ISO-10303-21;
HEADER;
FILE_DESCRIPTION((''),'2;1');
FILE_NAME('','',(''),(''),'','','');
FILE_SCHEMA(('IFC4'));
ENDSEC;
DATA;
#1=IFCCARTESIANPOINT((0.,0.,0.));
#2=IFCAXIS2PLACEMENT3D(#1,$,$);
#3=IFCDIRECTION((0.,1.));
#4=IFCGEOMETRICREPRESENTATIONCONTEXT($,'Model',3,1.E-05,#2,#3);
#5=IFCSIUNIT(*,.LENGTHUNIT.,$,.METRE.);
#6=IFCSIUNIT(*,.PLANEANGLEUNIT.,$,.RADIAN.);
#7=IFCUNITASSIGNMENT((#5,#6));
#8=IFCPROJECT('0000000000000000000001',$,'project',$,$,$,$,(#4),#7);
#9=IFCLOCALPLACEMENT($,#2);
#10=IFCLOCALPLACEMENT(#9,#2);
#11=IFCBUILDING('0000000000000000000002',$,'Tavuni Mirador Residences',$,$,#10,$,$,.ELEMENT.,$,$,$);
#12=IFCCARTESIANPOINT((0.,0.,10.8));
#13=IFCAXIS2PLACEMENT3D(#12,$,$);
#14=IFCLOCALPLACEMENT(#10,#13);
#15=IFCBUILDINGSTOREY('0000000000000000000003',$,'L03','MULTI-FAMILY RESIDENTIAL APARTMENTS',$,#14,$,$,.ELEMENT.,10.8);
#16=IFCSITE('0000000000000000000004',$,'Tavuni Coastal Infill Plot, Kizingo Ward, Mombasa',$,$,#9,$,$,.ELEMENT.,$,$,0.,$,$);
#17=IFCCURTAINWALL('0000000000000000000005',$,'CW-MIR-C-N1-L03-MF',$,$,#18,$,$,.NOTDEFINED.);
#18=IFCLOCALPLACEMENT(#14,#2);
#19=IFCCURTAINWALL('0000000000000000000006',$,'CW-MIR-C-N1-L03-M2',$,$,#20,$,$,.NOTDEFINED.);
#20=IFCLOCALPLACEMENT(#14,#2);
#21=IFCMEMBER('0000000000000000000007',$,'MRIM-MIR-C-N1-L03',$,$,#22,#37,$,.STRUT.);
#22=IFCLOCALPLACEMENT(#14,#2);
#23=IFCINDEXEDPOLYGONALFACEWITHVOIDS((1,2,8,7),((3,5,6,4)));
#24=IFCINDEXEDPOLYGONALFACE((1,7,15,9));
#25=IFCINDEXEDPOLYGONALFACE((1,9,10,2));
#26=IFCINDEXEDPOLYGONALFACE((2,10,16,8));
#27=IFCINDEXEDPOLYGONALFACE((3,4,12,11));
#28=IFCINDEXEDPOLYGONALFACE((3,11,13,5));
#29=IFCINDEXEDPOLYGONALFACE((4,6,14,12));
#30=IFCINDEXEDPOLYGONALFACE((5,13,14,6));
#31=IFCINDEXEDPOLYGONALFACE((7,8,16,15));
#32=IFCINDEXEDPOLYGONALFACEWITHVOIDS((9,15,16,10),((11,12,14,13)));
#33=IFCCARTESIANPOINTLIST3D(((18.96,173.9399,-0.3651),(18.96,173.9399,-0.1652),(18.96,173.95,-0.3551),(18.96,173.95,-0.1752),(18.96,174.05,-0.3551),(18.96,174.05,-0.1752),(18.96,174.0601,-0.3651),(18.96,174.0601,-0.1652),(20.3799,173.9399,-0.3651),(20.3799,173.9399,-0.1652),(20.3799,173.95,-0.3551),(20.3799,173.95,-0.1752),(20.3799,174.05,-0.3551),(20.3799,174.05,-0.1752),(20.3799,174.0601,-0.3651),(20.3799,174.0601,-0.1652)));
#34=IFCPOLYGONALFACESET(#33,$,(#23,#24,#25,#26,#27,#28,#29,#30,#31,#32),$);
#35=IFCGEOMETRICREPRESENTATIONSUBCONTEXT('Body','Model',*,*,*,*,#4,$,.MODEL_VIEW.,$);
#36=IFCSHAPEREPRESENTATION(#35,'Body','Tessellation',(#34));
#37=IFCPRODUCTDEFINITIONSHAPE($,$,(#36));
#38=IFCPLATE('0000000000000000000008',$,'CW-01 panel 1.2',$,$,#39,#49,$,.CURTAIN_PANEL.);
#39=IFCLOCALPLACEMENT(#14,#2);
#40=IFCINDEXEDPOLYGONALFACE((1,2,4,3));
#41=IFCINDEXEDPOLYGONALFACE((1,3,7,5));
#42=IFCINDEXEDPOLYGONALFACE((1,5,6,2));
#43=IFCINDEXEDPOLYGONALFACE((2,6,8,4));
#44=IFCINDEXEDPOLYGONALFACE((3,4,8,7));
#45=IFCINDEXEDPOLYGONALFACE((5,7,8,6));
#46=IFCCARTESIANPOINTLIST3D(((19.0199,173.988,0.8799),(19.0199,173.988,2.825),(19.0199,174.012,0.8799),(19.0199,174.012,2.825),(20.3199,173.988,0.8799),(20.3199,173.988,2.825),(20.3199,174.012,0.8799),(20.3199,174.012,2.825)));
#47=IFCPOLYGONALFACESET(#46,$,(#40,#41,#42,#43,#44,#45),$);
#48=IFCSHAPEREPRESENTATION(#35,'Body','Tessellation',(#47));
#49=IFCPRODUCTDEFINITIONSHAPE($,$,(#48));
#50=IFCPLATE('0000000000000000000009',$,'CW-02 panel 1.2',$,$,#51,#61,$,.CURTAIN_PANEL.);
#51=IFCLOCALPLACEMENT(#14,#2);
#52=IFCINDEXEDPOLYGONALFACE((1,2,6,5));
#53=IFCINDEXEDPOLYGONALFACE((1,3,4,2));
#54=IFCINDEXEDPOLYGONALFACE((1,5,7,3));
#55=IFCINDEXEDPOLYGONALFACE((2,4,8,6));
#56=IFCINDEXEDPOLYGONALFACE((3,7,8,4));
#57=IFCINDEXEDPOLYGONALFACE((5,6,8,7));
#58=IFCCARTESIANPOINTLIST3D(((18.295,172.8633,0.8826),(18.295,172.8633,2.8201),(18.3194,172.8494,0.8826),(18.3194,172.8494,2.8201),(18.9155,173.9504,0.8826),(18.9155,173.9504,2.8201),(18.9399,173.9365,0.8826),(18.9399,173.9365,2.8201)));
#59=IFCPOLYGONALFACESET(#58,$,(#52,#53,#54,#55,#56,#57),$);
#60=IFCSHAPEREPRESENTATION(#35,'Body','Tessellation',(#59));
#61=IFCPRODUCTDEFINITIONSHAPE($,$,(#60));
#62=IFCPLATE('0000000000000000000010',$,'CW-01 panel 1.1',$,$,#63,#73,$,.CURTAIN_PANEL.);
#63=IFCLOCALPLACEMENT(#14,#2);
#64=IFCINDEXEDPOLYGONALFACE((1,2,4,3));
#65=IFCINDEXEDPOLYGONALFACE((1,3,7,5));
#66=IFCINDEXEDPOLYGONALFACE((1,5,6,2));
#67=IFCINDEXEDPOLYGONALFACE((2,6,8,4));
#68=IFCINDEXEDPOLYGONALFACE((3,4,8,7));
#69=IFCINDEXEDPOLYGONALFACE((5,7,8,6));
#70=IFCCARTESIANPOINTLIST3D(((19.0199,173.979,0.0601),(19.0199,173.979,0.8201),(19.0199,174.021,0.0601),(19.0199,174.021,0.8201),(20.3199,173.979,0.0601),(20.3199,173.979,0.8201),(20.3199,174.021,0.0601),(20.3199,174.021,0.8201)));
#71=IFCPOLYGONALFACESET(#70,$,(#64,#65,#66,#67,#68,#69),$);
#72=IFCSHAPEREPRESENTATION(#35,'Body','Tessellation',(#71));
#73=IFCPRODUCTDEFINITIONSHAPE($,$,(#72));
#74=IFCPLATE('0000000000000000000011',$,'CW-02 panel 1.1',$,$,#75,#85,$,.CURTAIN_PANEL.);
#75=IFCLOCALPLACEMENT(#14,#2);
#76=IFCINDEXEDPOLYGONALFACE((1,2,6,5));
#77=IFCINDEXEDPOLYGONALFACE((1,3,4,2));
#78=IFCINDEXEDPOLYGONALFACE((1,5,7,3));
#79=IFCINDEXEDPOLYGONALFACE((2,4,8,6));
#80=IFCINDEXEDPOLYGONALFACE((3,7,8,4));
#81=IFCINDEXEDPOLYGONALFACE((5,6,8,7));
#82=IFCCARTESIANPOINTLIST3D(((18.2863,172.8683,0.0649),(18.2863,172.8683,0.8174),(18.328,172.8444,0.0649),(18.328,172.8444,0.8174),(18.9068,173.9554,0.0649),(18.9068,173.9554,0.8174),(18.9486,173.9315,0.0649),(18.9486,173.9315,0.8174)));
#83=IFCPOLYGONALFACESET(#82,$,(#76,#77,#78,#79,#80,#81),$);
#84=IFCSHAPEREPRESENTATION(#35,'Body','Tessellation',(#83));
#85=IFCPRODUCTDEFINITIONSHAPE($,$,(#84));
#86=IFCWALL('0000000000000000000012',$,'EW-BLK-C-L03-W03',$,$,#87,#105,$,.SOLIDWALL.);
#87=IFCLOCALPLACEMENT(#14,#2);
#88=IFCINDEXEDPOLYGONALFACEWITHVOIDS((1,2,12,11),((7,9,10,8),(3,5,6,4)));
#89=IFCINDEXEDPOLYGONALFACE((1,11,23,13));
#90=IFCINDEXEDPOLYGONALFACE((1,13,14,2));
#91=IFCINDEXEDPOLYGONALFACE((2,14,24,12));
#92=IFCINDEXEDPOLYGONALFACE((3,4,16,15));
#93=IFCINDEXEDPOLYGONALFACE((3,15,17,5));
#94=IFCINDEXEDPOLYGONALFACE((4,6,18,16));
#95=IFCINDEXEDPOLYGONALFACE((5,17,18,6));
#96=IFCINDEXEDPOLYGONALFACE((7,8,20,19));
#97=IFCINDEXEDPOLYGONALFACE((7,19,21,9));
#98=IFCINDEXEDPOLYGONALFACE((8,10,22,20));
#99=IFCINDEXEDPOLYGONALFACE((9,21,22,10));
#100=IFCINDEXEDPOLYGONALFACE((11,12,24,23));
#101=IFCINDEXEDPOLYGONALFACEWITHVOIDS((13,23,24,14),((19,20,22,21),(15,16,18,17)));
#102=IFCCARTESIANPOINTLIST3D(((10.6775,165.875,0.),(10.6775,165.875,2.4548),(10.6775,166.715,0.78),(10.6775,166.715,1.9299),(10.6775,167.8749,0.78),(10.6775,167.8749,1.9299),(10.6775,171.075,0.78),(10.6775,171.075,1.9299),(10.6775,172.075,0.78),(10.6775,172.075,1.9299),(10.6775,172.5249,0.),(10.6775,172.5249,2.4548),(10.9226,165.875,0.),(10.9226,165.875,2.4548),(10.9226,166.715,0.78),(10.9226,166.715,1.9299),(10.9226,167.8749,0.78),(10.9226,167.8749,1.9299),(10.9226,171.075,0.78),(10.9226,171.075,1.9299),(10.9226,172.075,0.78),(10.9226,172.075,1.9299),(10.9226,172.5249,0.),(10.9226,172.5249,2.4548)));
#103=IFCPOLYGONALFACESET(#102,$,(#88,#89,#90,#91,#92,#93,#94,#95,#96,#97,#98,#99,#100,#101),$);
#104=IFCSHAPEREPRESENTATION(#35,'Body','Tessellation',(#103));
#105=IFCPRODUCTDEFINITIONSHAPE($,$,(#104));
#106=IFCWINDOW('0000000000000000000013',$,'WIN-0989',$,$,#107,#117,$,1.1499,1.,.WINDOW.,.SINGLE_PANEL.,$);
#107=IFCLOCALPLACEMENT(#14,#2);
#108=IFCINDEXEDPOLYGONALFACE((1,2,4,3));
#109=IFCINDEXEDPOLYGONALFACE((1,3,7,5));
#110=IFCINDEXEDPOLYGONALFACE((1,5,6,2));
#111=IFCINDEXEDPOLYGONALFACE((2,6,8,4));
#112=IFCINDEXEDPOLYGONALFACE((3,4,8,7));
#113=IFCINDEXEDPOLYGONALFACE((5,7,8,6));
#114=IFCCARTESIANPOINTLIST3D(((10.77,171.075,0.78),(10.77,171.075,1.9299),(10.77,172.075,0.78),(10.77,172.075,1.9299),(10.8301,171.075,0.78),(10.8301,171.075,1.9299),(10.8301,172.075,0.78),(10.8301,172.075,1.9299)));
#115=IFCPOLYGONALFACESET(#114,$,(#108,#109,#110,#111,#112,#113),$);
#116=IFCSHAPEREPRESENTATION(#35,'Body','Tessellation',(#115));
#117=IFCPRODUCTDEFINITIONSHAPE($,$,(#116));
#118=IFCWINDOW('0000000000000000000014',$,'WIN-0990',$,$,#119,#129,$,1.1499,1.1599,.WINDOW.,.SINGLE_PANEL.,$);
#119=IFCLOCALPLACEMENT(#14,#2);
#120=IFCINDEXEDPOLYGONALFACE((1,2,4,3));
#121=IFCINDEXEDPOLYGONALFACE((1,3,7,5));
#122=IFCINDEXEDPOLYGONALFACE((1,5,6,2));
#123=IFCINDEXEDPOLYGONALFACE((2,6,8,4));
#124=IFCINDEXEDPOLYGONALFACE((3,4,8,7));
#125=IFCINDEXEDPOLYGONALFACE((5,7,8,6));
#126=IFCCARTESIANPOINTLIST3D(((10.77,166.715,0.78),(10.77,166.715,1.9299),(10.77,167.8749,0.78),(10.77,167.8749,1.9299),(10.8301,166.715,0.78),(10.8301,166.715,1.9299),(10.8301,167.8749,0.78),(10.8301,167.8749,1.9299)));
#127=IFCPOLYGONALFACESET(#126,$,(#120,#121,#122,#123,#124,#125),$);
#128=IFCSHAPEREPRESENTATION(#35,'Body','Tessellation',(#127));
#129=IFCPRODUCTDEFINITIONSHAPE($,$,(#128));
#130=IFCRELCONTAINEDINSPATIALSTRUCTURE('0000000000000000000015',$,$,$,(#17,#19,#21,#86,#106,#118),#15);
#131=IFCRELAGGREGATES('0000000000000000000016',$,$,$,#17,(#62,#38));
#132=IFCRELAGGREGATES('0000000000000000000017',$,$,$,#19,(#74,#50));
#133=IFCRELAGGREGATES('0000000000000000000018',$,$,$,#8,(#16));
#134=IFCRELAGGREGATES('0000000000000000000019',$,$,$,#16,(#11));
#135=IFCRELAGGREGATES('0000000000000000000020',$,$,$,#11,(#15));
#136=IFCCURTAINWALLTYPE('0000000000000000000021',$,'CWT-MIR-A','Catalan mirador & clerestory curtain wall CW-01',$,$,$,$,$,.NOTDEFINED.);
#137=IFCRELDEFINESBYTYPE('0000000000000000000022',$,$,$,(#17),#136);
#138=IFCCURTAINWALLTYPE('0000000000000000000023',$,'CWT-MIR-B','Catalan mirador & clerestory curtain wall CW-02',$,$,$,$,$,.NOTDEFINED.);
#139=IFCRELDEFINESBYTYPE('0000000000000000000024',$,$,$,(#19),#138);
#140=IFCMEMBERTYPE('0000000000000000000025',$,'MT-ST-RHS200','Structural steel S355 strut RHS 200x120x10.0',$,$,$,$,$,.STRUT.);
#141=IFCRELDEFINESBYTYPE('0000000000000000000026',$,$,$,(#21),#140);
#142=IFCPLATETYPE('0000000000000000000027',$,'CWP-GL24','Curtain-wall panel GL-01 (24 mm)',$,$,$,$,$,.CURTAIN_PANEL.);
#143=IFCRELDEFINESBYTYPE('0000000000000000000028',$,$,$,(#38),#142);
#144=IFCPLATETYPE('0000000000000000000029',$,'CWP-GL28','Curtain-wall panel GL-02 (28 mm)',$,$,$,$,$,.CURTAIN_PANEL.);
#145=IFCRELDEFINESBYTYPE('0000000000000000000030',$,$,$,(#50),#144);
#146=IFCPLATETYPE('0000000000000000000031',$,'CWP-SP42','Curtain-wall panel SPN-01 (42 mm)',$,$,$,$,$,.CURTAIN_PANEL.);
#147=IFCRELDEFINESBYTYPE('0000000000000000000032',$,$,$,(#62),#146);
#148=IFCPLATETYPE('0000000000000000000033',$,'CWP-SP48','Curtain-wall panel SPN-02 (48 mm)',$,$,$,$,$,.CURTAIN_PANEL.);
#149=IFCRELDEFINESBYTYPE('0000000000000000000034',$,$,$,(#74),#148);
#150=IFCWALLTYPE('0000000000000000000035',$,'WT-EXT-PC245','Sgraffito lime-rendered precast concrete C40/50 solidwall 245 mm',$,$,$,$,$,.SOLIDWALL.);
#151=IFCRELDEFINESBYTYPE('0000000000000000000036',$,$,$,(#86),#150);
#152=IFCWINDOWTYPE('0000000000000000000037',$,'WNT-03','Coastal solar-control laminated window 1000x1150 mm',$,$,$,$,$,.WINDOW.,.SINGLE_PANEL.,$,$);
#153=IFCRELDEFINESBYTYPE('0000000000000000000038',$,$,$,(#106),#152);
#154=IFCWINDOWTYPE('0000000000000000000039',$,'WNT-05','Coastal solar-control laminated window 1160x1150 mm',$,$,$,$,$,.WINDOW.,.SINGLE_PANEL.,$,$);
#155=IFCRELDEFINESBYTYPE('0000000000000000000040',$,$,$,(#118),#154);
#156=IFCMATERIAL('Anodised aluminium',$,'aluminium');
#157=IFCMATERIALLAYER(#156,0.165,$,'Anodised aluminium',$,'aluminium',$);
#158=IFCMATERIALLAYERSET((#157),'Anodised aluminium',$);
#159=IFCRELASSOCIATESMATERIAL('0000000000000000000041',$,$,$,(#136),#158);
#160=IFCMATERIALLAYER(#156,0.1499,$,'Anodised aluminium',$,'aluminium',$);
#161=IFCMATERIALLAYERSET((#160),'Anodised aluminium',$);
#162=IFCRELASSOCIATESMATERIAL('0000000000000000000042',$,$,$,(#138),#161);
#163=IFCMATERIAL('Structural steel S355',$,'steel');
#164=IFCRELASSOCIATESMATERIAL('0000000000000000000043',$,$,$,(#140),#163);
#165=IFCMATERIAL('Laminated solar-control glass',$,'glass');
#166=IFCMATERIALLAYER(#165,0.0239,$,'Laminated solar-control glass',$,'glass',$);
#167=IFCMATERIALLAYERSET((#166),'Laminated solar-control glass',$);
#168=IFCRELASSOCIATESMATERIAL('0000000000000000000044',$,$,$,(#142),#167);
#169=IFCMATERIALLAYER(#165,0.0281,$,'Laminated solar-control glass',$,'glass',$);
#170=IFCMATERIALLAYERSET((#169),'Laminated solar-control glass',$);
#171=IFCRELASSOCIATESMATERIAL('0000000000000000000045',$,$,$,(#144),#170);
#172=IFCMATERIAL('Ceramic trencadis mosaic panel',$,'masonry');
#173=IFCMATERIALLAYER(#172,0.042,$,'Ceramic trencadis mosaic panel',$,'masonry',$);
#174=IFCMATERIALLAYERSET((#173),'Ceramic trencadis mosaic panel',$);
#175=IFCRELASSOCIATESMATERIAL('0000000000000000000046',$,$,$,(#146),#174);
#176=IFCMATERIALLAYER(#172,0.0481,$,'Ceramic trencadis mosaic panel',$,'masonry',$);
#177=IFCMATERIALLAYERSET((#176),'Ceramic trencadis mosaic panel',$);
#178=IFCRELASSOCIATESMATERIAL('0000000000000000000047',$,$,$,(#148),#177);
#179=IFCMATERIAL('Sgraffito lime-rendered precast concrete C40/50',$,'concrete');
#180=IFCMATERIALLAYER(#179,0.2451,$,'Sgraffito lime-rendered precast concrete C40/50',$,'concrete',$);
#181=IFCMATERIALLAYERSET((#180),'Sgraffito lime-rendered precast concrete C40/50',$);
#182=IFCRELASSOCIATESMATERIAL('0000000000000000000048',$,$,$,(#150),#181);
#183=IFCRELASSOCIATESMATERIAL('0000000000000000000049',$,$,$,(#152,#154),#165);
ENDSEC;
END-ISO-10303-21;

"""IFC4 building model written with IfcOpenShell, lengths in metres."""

from ifc_helpers import new_model, si_unit, direction, frame, frame_2d, origin, origin_2d, place, context, subcontext, project, spatial, rectangle, hollow_rectangle, extrude, material, layer, layer_set, material_profile, profile_set, type_object, element, fill, aggregate, save


model = new_model("IFC4")

# Units and contexts
model_context = context("Model", 3, precision=1e-05, world=origin(), true_north=direction((0.0, 1.0)))
body_context = subcontext(model_context, "Body", "Model", "MODEL_VIEW")
ifc_project = project(units=[si_unit("LENGTHUNIT", "METRE"), si_unit("PLANEANGLEUNIT", "RADIAN")], contexts=[model_context])

# Site, building, storey
site_placement = place(None, origin())
site = spatial("IfcSite", under=ifc_project, at=site_placement, Name="Tavuni Coastal Infill Plot, Kizingo Ward, Mombasa", CompositionType="ELEMENT", RefElevation=0.0)
building_placement = place(site_placement, origin())
building = spatial("IfcBuilding", under=site, at=building_placement, Name="Tavuni Mirador Residences", CompositionType="ELEMENT")
storey_placement = place(building_placement, frame((0.0, 0.0, 10.8)))
storey = spatial("IfcBuildingStorey", under=building, at=storey_placement, Name="L03", Description="MULTI-FAMILY RESIDENTIAL APARTMENTS", CompositionType="ELEMENT", Elevation=10.8)

# Curtain wall
ifc_material_1 = material(Name="Anodised aluminium", Category="aluminium")
ifc_layer_1 = layer(ifc_material_1, 0.165, Name="Anodised aluminium", Category="aluminium")
ifc_layer_set_1 = layer_set([ifc_layer_1], Name="Anodised aluminium")
curtain_wall_type_1 = type_object("IfcCurtainWallType", Name="CWT-MIR-A", Description="Catalan mirador & clerestory curtain wall CW-01", PredefinedType="NOTDEFINED", material=ifc_layer_set_1)
curtain_wall_1_placement = place(storey_placement, origin())
curtain_wall_1 = element("IfcCurtainWall", 1, at=curtain_wall_1_placement, inside=storey, type_object=curtain_wall_type_1, Name="CW-MIR-C-N1-L03-MF", PredefinedType="NOTDEFINED")

# Curtain wall
ifc_layer_2 = layer(ifc_material_1, 0.1499, Name="Anodised aluminium", Category="aluminium")
ifc_layer_set_2 = layer_set([ifc_layer_2], Name="Anodised aluminium")
curtain_wall_type_2 = type_object("IfcCurtainWallType", Name="CWT-MIR-B", Description="Catalan mirador & clerestory curtain wall CW-02", PredefinedType="NOTDEFINED", material=ifc_layer_set_2)
curtain_wall_2_placement = place(storey_placement, origin())
curtain_wall_2 = element("IfcCurtainWall", 2, at=curtain_wall_2_placement, inside=storey, type_object=curtain_wall_type_2, Name="CW-MIR-C-N1-L03-M2", PredefinedType="NOTDEFINED")

# Member
ifc_material_2 = material(Name="Structural steel S355", Category="steel")
ifc_material_profile_1 = material_profile(ifc_material_2, hollow_rectangle(XDim=0.1201, YDim=0.2, WallThickness=0.01, at=origin_2d()), Name="RHS 200x120x10.0", Category="steel")
ifc_profile_set_1 = profile_set([ifc_material_profile_1], Name="Structural steel S355")
member_type_1 = type_object("IfcMemberType", Name="MT-ST-RHS200", Description="Structural steel S355 strut RHS 200x120x10.0", PredefinedType="STRUT", material=ifc_profile_set_1)
member_1_placement = place(storey_placement, frame((18.96, 174.0, -0.2651), z_axis=(1.0, 0.0, 0.0), x_axis=(0.0, 1.0, 0.0)))
element("IfcMember", 3, at=member_1_placement, inside=storey, type_object=member_type_1, Name="MRIM-MIR-C-N1-L03", PredefinedType="STRUT", context=body_context, shape_type="SweptSolid", body=[
    extrude(hollow_rectangle(XDim=0.1201, YDim=0.2, WallThickness=0.01, at=origin_2d()), origin(), (0.0, 0.0, 1.0), 1.4199),
])

# Plates
ifc_material_3 = material(Name="Laminated solar-control glass", Category="glass")
ifc_layer_3 = layer(ifc_material_3, 0.0239, Name="Laminated solar-control glass", Category="glass")
ifc_layer_set_3 = layer_set([ifc_layer_3], Name="Laminated solar-control glass")
plate_type_1 = type_object("IfcPlateType", Name="CWP-GL24", Description="Curtain-wall panel GL-01 (24 mm)", PredefinedType="CURTAIN_PANEL", material=ifc_layer_set_3)
plate_1_placement = place(storey_placement, frame((19.6699, 174.0, 0.8799), z_axis=(0.0, 0.0, 1.0), x_axis=(-1.0, 0.0, 0.0)))
plate_1 = element("IfcPlate", 4, at=plate_1_placement, type_object=plate_type_1, Name="CW-01 panel 1.2", PredefinedType="CURTAIN_PANEL", context=body_context, shape_type="SweptSolid", body=[
    extrude(rectangle(XDim=1.3, YDim=0.0239, at=origin_2d()), origin(), (0.0, 0.0, 1.0), 1.9451),
])
ifc_layer_4 = layer(ifc_material_3, 0.0281, Name="Laminated solar-control glass", Category="glass")
ifc_layer_set_4 = layer_set([ifc_layer_4], Name="Laminated solar-control glass")
plate_type_2 = type_object("IfcPlateType", Name="CWP-GL28", Description="Curtain-wall panel GL-02 (28 mm)", PredefinedType="CURTAIN_PANEL", material=ifc_layer_set_4)
plate_2_placement = place(storey_placement, frame((18.6174, 173.3999, 0.8826), z_axis=(0.0, 0.0, 1.0), x_axis=(-0.495749, -0.868466, 0.0)))
plate_2 = element("IfcPlate", 5, at=plate_2_placement, type_object=plate_type_2, Name="CW-02 panel 1.2", PredefinedType="CURTAIN_PANEL", context=body_context, shape_type="SweptSolid", body=[
    extrude(rectangle(XDim=1.2517, YDim=0.0281, at=origin_2d()), origin(), (0.0, 0.0, 1.0), 1.9375),
])
ifc_material_4 = material(Name="Ceramic trencadis mosaic panel", Category="masonry")
ifc_layer_5 = layer(ifc_material_4, 0.042, Name="Ceramic trencadis mosaic panel", Category="masonry")
ifc_layer_set_5 = layer_set([ifc_layer_5], Name="Ceramic trencadis mosaic panel")
plate_type_3 = type_object("IfcPlateType", Name="CWP-SP42", Description="Curtain-wall panel SPN-01 (42 mm)", PredefinedType="CURTAIN_PANEL", material=ifc_layer_set_5)
plate_3_placement = place(storey_placement, frame((19.6699, 174.0, 0.0601), z_axis=(0.0, 0.0, 1.0), x_axis=(-1.0, 0.0, 0.0)))
plate_3 = element("IfcPlate", 6, at=plate_3_placement, type_object=plate_type_3, Name="CW-01 panel 1.1", PredefinedType="CURTAIN_PANEL", context=body_context, shape_type="SweptSolid", body=[
    extrude(rectangle(XDim=1.3, YDim=0.042, at=origin_2d()), origin(), (0.0, 0.0, 1.0), 0.76),
])
aggregate(curtain_wall_1, [plate_3, plate_1])
ifc_layer_6 = layer(ifc_material_4, 0.0481, Name="Ceramic trencadis mosaic panel", Category="masonry")
ifc_layer_set_6 = layer_set([ifc_layer_6], Name="Ceramic trencadis mosaic panel")
plate_type_4 = type_object("IfcPlateType", Name="CWP-SP48", Description="Curtain-wall panel SPN-02 (48 mm)", PredefinedType="CURTAIN_PANEL", material=ifc_layer_set_6)
plate_4_placement = place(storey_placement, frame((18.6174, 173.3999, 0.0649), z_axis=(0.0, 0.0, 1.0), x_axis=(-0.495749, -0.868466, 0.0)))
plate_4 = element("IfcPlate", 7, at=plate_4_placement, type_object=plate_type_4, Name="CW-02 panel 1.1", PredefinedType="CURTAIN_PANEL", context=body_context, shape_type="SweptSolid", body=[
    extrude(rectangle(XDim=1.2517, YDim=0.0481, at=origin_2d()), origin(), (0.0, 0.0, 1.0), 0.7524),
])
aggregate(curtain_wall_2, [plate_4, plate_2])

# Wall, openings, windows
ifc_material_5 = material(Name="Sgraffito lime-rendered precast concrete C40/50", Category="concrete")
ifc_layer_7 = layer(ifc_material_5, 0.2451, Name="Sgraffito lime-rendered precast concrete C40/50", Category="concrete")
ifc_layer_set_7 = layer_set([ifc_layer_7], Name="Sgraffito lime-rendered precast concrete C40/50")
wall_type_1 = type_object("IfcWallType", Name="WT-EXT-PC245", Description="Sgraffito lime-rendered precast concrete C40/50 solidwall 245 mm", PredefinedType="SOLIDWALL", material=ifc_layer_set_7)
wall_1_placement = place(storey_placement, frame((10.8, 172.5249, 0.0), z_axis=(0.0, 0.0, 1.0), x_axis=(0.0, -1.0, 0.0)))
wall_1 = element("IfcWall", 8, at=wall_1_placement, inside=storey, type_object=wall_type_1, Name="EW-BLK-C-L03-W03", PredefinedType="SOLIDWALL", context=body_context, shape_type="SweptSolid", body=[
    extrude(rectangle(XDim=6.6499, YDim=0.2451, at=frame_2d((3.325, 0.0))), origin(), (0.0, 0.0, 1.0), 2.4548),
])
opening_1_placement = place(wall_1_placement, frame((0.45, 0.0, 0.78)))
opening_1 = element("IfcOpeningElement", 9, at=opening_1_placement, cuts=wall_1, PredefinedType="OPENING", context=body_context, shape_type="SweptSolid", body=[
    extrude(rectangle(XDim=1.0, YDim=1.1499, at=frame_2d((0.5, 0.575))), frame((0.0, 0.1326, 0.0), z_axis=(0.0, -1.0, 0.0), x_axis=(1.0, 0.0, 0.0)), (0.0, 0.0, 1.0), 0.2651),
])
opening_2_placement = place(wall_1_placement, frame((4.6499, 0.0, 0.78)))
opening_2 = element("IfcOpeningElement", 10, at=opening_2_placement, cuts=wall_1, PredefinedType="OPENING", context=body_context, shape_type="SweptSolid", body=[
    extrude(rectangle(XDim=1.1599, YDim=1.1499, at=frame_2d((0.5801, 0.575))), frame((0.0, 0.1326, 0.0), z_axis=(0.0, -1.0, 0.0), x_axis=(1.0, 0.0, 0.0)), (0.0, 0.0, 1.0), 0.2651),
])
window_type_1 = type_object("IfcWindowType", Name="WNT-03", Description="Coastal solar-control laminated window 1000x1150 mm", PartitioningType="SINGLE_PANEL", PredefinedType="WINDOW", material=ifc_material_3)
window_1_placement = place(opening_1_placement, origin())
window_1 = element("IfcWindow", 11, at=window_1_placement, inside=storey, type_object=window_type_1, Name="WIN-0989", OverallHeight=1.1499, OverallWidth=1.0, PartitioningType="SINGLE_PANEL", PredefinedType="WINDOW", context=body_context, shape_type="SweptSolid", body=[
    extrude(rectangle(XDim=1.0, YDim=1.1499, at=frame_2d((0.5, 0.575))), frame((0.0, 0.03, 0.0), z_axis=(0.0, -1.0, 0.0), x_axis=(1.0, 0.0, 0.0)), (0.0, 0.0, 1.0), 0.0601),
])
fill(opening_1, window_1)
window_type_2 = type_object("IfcWindowType", Name="WNT-05", Description="Coastal solar-control laminated window 1160x1150 mm", PartitioningType="SINGLE_PANEL", PredefinedType="WINDOW", material=ifc_material_3)
window_2_placement = place(opening_2_placement, origin())
window_2 = element("IfcWindow", 12, at=window_2_placement, inside=storey, type_object=window_type_2, Name="WIN-0990", OverallHeight=1.1499, OverallWidth=1.1599, PartitioningType="SINGLE_PANEL", PredefinedType="WINDOW", context=body_context, shape_type="SweptSolid", body=[
    extrude(rectangle(XDim=1.1599, YDim=1.1499, at=frame_2d((0.5801, 0.575))), frame((0.0, 0.03, 0.0), z_axis=(0.0, -1.0, 0.0), x_axis=(1.0, 0.0, 0.0)), (0.0, 0.0, 1.0), 0.0601),
])
fill(opening_2, window_2)

save(model, "model.ifc")
